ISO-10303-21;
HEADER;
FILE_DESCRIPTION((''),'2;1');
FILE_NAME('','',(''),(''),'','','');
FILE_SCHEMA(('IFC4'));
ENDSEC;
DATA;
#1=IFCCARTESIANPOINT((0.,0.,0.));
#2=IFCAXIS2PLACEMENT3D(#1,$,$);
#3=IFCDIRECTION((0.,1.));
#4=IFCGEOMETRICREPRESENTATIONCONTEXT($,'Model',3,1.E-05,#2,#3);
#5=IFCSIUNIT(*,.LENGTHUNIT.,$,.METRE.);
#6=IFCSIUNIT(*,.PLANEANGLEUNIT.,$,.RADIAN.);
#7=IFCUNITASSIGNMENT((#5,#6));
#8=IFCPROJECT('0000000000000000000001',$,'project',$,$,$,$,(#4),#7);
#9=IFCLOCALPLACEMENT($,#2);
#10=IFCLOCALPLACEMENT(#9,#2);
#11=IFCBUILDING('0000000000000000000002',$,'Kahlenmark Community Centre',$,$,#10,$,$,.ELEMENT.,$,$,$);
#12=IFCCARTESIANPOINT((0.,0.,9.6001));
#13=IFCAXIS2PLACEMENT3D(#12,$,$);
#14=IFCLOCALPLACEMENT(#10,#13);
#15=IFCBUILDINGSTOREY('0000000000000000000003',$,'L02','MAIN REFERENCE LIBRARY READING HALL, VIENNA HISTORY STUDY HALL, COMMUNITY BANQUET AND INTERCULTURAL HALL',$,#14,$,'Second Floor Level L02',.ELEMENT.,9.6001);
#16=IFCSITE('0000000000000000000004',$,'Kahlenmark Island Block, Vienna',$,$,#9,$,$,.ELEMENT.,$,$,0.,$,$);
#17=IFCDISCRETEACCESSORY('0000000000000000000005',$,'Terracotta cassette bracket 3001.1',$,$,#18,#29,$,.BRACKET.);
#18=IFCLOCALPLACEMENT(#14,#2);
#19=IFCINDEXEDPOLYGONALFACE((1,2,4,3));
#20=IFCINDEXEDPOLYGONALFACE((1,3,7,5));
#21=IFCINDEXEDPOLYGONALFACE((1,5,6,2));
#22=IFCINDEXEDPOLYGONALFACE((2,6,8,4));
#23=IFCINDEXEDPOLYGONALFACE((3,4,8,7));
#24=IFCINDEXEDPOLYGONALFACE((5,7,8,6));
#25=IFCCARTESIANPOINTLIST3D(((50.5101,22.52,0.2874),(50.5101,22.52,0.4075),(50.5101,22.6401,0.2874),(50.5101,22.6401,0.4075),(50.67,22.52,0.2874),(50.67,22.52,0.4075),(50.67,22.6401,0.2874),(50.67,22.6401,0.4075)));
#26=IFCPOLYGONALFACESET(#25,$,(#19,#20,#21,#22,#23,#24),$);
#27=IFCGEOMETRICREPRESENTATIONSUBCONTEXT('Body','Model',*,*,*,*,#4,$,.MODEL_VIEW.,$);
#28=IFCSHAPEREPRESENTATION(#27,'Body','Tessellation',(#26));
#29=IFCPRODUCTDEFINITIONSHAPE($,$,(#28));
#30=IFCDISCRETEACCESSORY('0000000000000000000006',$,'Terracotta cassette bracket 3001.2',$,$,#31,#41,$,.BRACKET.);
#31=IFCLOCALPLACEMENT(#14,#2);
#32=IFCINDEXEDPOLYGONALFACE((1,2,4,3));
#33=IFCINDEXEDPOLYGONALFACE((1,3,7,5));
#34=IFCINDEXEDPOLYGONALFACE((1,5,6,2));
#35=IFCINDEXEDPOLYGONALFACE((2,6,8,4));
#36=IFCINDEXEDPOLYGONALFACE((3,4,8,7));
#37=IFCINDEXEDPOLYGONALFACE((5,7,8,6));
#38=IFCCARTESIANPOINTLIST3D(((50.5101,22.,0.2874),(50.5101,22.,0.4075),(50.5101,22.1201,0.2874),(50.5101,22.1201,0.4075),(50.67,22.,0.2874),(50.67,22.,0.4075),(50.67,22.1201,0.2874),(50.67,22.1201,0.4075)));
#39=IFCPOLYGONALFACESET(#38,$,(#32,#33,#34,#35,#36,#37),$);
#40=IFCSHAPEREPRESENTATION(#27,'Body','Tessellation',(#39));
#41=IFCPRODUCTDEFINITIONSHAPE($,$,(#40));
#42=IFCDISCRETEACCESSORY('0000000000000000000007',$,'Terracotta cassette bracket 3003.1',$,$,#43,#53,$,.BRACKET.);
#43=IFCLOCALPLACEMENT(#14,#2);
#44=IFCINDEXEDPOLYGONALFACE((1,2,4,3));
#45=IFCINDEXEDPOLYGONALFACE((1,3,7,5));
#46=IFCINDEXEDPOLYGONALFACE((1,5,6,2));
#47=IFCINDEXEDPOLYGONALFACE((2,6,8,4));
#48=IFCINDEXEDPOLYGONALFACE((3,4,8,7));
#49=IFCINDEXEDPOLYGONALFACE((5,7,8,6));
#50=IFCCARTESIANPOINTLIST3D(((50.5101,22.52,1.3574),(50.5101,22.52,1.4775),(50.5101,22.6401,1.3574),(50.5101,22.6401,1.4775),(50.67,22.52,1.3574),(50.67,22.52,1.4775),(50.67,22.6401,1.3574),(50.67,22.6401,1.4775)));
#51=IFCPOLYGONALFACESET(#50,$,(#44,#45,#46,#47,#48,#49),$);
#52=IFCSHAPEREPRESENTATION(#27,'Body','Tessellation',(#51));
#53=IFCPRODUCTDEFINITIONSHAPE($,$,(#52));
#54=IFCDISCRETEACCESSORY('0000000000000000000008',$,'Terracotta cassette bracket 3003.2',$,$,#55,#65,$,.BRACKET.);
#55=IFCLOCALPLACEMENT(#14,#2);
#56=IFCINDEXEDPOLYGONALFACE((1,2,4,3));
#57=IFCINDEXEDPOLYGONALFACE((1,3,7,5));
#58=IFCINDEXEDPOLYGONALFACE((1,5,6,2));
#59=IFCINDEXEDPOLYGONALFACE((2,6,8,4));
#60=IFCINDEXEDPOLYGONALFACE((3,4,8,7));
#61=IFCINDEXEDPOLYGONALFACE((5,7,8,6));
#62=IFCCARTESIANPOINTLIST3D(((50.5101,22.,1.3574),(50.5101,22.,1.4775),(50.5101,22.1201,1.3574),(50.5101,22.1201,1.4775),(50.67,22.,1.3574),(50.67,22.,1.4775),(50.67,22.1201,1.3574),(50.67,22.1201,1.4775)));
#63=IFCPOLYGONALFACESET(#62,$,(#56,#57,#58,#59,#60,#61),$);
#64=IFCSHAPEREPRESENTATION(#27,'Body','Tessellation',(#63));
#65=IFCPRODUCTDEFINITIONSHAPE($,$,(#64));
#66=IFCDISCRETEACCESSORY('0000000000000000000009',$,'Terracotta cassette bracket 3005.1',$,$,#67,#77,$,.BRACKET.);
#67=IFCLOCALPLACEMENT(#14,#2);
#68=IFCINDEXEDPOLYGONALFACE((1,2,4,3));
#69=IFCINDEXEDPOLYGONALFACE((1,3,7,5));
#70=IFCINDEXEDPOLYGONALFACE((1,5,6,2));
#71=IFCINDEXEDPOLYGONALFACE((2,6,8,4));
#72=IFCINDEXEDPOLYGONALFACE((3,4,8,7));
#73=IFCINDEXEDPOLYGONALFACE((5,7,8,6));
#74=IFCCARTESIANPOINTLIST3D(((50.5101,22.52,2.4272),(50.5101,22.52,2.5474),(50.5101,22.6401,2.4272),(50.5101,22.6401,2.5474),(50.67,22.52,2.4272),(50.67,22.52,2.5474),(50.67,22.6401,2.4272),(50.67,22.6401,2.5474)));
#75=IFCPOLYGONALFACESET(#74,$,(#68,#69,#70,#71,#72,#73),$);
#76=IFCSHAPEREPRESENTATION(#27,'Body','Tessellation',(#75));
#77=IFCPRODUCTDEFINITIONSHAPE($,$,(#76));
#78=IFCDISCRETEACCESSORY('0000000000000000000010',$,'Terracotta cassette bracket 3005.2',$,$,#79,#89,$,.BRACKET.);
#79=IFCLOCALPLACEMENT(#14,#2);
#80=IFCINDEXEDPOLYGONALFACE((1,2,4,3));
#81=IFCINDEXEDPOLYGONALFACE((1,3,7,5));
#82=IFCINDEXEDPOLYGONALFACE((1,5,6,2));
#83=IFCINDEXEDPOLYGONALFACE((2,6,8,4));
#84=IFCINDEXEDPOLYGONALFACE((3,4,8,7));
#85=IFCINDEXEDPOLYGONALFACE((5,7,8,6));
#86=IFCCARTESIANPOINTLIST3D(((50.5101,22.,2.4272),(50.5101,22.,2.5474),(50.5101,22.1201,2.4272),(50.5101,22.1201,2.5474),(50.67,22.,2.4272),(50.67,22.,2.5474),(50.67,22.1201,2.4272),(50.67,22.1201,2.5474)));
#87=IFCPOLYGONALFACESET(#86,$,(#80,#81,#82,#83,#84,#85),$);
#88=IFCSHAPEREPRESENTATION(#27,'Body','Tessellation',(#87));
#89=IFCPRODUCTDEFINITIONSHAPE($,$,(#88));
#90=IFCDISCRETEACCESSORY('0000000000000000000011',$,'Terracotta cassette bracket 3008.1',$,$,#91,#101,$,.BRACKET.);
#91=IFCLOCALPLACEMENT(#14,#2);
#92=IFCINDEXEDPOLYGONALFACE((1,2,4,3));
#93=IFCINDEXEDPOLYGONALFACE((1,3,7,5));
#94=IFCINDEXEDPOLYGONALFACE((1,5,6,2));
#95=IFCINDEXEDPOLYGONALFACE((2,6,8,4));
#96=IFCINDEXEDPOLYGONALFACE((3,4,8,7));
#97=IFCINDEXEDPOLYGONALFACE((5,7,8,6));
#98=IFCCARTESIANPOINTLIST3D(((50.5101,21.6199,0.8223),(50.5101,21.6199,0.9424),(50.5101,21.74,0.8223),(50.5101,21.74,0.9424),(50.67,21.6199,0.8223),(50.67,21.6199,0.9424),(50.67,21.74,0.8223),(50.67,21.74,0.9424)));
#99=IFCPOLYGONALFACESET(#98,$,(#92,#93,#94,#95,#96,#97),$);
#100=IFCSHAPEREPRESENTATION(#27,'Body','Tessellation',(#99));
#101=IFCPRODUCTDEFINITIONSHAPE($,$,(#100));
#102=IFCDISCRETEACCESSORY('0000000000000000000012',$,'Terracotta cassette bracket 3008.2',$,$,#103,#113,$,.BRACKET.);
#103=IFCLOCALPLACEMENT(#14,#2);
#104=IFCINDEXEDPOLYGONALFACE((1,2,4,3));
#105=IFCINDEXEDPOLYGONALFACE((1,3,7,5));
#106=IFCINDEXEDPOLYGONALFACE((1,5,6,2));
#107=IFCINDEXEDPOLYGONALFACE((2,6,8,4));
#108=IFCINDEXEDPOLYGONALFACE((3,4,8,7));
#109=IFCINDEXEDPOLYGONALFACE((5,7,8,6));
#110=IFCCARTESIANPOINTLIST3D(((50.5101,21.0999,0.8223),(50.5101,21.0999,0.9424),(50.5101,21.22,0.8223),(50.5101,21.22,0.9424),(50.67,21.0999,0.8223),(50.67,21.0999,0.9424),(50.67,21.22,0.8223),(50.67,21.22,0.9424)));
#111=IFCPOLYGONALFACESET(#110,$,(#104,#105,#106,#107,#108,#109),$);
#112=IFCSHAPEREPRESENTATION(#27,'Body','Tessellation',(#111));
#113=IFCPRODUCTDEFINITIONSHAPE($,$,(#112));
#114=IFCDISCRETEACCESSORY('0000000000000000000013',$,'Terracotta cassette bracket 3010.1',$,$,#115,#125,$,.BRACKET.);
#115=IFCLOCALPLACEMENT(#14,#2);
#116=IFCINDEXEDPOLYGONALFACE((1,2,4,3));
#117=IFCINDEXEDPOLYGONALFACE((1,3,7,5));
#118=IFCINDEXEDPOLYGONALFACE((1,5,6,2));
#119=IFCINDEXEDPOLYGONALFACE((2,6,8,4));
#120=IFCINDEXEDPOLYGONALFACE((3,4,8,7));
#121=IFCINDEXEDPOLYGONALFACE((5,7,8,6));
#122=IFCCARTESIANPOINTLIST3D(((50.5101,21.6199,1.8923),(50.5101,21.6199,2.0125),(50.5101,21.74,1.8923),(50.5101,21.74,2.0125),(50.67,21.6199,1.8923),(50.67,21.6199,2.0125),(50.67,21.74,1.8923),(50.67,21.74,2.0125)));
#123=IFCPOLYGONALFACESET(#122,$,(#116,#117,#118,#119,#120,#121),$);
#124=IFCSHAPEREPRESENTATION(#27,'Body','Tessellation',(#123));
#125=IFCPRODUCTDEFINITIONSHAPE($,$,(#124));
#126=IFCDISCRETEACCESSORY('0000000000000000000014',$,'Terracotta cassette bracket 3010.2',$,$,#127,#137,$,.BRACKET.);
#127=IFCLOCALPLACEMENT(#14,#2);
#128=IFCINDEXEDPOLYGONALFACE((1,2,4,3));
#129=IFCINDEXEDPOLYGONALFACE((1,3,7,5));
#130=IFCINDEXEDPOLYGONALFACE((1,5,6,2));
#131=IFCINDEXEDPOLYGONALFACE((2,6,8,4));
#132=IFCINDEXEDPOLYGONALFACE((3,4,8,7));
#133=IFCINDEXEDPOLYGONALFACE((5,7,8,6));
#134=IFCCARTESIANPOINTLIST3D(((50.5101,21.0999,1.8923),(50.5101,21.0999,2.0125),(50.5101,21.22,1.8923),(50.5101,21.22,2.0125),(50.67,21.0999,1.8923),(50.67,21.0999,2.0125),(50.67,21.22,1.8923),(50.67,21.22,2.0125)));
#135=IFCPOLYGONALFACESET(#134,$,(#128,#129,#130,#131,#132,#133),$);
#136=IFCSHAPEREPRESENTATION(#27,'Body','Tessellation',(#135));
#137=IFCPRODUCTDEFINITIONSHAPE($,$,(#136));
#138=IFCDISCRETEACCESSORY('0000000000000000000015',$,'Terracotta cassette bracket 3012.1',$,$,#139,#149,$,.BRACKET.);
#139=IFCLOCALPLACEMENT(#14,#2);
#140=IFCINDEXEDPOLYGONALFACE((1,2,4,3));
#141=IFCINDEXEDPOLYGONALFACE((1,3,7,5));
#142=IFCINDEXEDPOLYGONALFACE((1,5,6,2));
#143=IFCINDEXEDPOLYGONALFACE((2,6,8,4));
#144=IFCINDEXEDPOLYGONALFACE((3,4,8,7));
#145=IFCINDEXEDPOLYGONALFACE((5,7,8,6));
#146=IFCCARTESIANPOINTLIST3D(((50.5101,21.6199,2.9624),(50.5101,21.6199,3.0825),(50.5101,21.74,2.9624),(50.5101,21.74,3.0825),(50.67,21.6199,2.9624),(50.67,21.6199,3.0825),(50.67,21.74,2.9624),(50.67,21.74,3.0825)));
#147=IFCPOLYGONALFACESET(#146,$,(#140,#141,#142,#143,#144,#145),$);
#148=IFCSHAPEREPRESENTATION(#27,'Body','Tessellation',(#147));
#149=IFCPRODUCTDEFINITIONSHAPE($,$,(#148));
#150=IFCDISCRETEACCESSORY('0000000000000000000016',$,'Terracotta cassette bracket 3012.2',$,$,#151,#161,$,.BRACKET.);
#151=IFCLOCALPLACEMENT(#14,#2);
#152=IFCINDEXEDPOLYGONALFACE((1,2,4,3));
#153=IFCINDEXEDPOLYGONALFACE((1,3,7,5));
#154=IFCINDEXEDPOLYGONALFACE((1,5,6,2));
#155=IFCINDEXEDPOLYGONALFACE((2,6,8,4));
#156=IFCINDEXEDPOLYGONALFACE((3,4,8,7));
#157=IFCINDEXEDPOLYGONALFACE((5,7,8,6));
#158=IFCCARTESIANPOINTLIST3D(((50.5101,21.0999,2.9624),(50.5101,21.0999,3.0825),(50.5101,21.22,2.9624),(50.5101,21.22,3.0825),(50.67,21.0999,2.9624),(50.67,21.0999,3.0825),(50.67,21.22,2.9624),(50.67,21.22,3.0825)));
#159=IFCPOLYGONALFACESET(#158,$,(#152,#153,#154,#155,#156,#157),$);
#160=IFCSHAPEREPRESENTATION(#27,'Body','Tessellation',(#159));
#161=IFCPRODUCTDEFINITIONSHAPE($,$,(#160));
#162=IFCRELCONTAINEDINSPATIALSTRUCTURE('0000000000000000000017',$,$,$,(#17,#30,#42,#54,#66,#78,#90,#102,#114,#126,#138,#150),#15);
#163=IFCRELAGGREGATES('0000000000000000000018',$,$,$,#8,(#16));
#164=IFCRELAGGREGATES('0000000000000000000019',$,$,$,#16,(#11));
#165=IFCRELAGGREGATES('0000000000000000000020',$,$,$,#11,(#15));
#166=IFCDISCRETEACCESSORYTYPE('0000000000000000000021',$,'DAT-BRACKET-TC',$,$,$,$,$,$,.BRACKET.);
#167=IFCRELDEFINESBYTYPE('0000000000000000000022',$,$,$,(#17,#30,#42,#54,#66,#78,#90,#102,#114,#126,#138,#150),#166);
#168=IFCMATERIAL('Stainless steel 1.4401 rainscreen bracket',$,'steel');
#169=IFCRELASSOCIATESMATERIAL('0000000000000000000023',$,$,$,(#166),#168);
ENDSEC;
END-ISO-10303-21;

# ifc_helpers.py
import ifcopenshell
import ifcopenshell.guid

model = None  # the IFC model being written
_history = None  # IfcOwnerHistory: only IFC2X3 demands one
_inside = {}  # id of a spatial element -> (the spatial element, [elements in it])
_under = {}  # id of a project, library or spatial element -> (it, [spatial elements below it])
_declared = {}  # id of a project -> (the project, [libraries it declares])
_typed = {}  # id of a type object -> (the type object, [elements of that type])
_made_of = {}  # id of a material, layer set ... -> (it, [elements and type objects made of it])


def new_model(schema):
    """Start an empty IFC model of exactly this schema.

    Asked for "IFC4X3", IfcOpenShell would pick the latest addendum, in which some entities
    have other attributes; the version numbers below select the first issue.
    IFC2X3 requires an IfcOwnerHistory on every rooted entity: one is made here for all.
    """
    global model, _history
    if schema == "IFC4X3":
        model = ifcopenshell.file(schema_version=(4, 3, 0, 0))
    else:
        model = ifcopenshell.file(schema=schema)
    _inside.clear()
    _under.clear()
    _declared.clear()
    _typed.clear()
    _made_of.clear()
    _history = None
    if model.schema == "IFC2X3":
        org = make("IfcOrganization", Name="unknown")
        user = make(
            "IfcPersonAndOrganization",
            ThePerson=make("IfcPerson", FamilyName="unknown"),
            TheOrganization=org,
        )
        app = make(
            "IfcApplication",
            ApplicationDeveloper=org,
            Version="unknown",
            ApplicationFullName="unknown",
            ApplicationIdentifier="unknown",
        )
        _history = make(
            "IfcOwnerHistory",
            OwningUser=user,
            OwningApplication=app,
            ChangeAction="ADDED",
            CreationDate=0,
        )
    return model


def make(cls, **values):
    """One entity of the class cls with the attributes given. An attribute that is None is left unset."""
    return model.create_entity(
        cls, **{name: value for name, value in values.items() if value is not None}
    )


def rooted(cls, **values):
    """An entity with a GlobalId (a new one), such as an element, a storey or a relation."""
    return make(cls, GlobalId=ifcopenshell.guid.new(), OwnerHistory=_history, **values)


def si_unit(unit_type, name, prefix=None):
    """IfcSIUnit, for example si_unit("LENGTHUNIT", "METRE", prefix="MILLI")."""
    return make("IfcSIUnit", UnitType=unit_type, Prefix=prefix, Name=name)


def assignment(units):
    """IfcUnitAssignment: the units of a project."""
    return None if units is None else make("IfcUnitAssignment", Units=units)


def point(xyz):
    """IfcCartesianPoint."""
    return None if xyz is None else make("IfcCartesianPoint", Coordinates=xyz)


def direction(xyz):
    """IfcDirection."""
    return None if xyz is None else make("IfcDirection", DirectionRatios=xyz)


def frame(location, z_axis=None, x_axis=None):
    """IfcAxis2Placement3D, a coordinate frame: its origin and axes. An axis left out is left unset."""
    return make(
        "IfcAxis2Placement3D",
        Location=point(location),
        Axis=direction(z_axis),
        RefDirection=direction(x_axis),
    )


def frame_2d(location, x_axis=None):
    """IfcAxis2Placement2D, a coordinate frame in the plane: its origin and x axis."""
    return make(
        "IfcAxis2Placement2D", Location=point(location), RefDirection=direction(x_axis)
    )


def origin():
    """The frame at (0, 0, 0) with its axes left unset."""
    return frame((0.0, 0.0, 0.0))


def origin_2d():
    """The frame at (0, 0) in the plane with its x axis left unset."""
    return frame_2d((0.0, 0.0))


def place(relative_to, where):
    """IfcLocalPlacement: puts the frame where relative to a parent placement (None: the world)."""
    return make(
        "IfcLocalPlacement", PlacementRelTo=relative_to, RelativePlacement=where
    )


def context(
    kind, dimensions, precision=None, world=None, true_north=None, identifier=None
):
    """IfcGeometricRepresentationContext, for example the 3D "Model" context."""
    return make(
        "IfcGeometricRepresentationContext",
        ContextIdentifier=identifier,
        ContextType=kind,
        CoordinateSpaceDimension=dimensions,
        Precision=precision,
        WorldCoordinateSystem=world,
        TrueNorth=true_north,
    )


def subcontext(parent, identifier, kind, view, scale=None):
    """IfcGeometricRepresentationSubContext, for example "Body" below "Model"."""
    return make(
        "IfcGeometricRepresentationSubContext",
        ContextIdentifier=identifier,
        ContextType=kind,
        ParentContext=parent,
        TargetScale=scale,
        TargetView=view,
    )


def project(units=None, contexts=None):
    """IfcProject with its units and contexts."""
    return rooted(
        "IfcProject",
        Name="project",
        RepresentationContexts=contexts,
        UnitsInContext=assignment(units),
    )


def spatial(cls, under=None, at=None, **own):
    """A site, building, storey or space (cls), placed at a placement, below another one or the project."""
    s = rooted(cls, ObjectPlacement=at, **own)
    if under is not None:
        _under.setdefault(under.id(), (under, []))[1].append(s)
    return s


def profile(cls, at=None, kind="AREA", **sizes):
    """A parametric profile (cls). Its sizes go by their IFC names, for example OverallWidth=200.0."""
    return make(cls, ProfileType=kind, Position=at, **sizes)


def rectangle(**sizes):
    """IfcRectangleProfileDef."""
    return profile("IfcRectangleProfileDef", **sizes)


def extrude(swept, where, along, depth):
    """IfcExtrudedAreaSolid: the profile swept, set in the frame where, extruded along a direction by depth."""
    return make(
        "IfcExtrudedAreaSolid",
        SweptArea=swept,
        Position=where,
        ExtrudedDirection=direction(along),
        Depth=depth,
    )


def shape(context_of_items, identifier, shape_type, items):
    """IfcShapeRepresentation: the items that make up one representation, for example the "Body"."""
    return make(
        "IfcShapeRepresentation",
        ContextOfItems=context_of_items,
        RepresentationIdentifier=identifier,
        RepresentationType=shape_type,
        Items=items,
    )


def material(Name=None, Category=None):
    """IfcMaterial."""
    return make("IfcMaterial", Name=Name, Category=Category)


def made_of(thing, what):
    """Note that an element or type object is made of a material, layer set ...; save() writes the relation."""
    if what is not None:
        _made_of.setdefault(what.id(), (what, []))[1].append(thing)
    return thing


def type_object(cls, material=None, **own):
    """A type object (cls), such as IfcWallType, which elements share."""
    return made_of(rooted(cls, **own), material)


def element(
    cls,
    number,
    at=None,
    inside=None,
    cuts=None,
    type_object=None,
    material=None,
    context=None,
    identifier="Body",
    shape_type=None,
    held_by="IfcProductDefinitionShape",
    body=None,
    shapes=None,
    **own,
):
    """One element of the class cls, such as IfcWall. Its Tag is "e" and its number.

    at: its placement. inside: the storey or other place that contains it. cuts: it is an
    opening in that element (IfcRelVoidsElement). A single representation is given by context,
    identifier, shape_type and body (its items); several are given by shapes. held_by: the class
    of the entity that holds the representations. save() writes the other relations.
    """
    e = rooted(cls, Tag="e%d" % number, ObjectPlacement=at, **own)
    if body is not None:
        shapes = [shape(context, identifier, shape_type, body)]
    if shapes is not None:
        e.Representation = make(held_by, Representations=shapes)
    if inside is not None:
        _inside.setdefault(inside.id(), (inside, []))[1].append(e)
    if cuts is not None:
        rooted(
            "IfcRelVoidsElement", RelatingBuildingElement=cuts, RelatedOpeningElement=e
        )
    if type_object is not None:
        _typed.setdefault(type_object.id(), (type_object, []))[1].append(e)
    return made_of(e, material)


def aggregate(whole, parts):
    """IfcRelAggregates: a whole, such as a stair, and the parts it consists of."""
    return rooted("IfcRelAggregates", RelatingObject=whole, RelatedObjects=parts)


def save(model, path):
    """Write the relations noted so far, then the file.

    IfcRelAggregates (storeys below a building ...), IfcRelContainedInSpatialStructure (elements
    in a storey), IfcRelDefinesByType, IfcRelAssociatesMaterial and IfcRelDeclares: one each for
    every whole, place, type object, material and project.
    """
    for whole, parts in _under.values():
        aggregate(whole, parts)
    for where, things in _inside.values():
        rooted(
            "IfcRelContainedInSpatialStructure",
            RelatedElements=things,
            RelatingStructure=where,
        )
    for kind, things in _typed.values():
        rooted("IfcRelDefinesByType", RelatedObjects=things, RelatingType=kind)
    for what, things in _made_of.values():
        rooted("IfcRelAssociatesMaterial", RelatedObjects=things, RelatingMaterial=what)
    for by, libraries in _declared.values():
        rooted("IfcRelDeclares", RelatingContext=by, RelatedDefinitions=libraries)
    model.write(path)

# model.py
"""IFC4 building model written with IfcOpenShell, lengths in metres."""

from ifc_helpers import new_model, si_unit, direction, frame, origin, origin_2d, place, context, subcontext, project, spatial, rectangle, extrude, material, type_object, element, save


model = new_model("IFC4")

# Units and contexts
model_context = context("Model", 3, precision=1e-05, world=origin(), true_north=direction((0.0, 1.0)))
body_context = subcontext(model_context, "Body", "Model", "MODEL_VIEW")
ifc_project = project(units=[si_unit("LENGTHUNIT", "METRE"), si_unit("PLANEANGLEUNIT", "RADIAN")], contexts=[model_context])

# Site, building, storey
site_placement = place(None, origin())
site = spatial("IfcSite", under=ifc_project, at=site_placement, Name="Kahlenmark Island Block, Vienna", CompositionType="ELEMENT", RefElevation=0.0)
building_placement = place(site_placement, origin())
building = spatial("IfcBuilding", under=site, at=building_placement, Name="Kahlenmark Community Centre", CompositionType="ELEMENT")
storey_placement = place(building_placement, frame((0.0, 0.0, 9.6001)))
storey = spatial("IfcBuildingStorey", under=building, at=storey_placement, Name="L02", Description="MAIN REFERENCE LIBRARY READING HALL, VIENNA HISTORY STUDY HALL, COMMUNITY BANQUET AND INTERCULTURAL HALL", LongName="Second Floor Level L02", CompositionType="ELEMENT", Elevation=9.6001)

# Discrete accessories
ifc_material_1 = material(Name="Stainless steel 1.4401 rainscreen bracket", Category="steel")
discrete_accessory_type = type_object("IfcDiscreteAccessoryType", Name="DAT-BRACKET-TC", PredefinedType="BRACKET", material=ifc_material_1)
for number, where, z_axis, x_axis, name in (
    (1, (50.5901, 22.5801, 0.2874), (0.0, 0.0, 1.0), (0.0, -1.0, 0.0), "Terracotta cassette bracket 3001.1"),
    (2, (50.5901, 22.0601, 0.2874), (0.0, 0.0, 1.0), (0.0, -1.0, 0.0), "Terracotta cassette bracket 3001.2"),
    (3, (50.5901, 22.5801, 1.3574), (0.0, 0.0, 1.0), (0.0, -1.0, 0.0), "Terracotta cassette bracket 3003.1"),
    (4, (50.5901, 22.0601, 1.3574), (0.0, 0.0, 1.0), (0.0, -1.0, 0.0), "Terracotta cassette bracket 3003.2"),
    (5, (50.5901, 22.5801, 2.4272), (0.0, 0.0, 1.0), (0.0, -1.0, 0.0), "Terracotta cassette bracket 3005.1"),
    (6, (50.5901, 22.0601, 2.4272), (0.0, 0.0, 1.0), (0.0, -1.0, 0.0), "Terracotta cassette bracket 3005.2"),
    (7, (50.5901, 21.6799, 0.8223), (0.0, 0.0, 1.0), (0.0, -1.0, 0.0), "Terracotta cassette bracket 3008.1"),
    (8, (50.5901, 21.1599, 0.8223), (0.0, 0.0, 1.0), (0.0, -1.0, 0.0), "Terracotta cassette bracket 3008.2"),
    (9, (50.5901, 21.6799, 1.8923), (0.0, 0.0, 1.0), (0.0, -1.0, 0.0), "Terracotta cassette bracket 3010.1"),
    (10, (50.5901, 21.1599, 1.8923), (0.0, 0.0, 1.0), (0.0, -1.0, 0.0), "Terracotta cassette bracket 3010.2"),
    (11, (50.5901, 21.6799, 2.9624), (0.0, 0.0, 1.0), (0.0, -1.0, 0.0), "Terracotta cassette bracket 3012.1"),
    (12, (50.5901, 21.1599, 2.9624), (0.0, 0.0, 1.0), (0.0, -1.0, 0.0), "Terracotta cassette bracket 3012.2"),
):
    element("IfcDiscreteAccessory", number, at=place(storey_placement, frame(where, z_axis=z_axis, x_axis=x_axis)), inside=storey, type_object=discrete_accessory_type, Name=name, PredefinedType="BRACKET", context=body_context, shape_type="SweptSolid", body=[
        extrude(rectangle(XDim=0.1201, YDim=0.1599, at=origin_2d()), origin(), (0.0, 0.0, 1.0), 0.1201),
    ])

save(model, "model.ifc")
